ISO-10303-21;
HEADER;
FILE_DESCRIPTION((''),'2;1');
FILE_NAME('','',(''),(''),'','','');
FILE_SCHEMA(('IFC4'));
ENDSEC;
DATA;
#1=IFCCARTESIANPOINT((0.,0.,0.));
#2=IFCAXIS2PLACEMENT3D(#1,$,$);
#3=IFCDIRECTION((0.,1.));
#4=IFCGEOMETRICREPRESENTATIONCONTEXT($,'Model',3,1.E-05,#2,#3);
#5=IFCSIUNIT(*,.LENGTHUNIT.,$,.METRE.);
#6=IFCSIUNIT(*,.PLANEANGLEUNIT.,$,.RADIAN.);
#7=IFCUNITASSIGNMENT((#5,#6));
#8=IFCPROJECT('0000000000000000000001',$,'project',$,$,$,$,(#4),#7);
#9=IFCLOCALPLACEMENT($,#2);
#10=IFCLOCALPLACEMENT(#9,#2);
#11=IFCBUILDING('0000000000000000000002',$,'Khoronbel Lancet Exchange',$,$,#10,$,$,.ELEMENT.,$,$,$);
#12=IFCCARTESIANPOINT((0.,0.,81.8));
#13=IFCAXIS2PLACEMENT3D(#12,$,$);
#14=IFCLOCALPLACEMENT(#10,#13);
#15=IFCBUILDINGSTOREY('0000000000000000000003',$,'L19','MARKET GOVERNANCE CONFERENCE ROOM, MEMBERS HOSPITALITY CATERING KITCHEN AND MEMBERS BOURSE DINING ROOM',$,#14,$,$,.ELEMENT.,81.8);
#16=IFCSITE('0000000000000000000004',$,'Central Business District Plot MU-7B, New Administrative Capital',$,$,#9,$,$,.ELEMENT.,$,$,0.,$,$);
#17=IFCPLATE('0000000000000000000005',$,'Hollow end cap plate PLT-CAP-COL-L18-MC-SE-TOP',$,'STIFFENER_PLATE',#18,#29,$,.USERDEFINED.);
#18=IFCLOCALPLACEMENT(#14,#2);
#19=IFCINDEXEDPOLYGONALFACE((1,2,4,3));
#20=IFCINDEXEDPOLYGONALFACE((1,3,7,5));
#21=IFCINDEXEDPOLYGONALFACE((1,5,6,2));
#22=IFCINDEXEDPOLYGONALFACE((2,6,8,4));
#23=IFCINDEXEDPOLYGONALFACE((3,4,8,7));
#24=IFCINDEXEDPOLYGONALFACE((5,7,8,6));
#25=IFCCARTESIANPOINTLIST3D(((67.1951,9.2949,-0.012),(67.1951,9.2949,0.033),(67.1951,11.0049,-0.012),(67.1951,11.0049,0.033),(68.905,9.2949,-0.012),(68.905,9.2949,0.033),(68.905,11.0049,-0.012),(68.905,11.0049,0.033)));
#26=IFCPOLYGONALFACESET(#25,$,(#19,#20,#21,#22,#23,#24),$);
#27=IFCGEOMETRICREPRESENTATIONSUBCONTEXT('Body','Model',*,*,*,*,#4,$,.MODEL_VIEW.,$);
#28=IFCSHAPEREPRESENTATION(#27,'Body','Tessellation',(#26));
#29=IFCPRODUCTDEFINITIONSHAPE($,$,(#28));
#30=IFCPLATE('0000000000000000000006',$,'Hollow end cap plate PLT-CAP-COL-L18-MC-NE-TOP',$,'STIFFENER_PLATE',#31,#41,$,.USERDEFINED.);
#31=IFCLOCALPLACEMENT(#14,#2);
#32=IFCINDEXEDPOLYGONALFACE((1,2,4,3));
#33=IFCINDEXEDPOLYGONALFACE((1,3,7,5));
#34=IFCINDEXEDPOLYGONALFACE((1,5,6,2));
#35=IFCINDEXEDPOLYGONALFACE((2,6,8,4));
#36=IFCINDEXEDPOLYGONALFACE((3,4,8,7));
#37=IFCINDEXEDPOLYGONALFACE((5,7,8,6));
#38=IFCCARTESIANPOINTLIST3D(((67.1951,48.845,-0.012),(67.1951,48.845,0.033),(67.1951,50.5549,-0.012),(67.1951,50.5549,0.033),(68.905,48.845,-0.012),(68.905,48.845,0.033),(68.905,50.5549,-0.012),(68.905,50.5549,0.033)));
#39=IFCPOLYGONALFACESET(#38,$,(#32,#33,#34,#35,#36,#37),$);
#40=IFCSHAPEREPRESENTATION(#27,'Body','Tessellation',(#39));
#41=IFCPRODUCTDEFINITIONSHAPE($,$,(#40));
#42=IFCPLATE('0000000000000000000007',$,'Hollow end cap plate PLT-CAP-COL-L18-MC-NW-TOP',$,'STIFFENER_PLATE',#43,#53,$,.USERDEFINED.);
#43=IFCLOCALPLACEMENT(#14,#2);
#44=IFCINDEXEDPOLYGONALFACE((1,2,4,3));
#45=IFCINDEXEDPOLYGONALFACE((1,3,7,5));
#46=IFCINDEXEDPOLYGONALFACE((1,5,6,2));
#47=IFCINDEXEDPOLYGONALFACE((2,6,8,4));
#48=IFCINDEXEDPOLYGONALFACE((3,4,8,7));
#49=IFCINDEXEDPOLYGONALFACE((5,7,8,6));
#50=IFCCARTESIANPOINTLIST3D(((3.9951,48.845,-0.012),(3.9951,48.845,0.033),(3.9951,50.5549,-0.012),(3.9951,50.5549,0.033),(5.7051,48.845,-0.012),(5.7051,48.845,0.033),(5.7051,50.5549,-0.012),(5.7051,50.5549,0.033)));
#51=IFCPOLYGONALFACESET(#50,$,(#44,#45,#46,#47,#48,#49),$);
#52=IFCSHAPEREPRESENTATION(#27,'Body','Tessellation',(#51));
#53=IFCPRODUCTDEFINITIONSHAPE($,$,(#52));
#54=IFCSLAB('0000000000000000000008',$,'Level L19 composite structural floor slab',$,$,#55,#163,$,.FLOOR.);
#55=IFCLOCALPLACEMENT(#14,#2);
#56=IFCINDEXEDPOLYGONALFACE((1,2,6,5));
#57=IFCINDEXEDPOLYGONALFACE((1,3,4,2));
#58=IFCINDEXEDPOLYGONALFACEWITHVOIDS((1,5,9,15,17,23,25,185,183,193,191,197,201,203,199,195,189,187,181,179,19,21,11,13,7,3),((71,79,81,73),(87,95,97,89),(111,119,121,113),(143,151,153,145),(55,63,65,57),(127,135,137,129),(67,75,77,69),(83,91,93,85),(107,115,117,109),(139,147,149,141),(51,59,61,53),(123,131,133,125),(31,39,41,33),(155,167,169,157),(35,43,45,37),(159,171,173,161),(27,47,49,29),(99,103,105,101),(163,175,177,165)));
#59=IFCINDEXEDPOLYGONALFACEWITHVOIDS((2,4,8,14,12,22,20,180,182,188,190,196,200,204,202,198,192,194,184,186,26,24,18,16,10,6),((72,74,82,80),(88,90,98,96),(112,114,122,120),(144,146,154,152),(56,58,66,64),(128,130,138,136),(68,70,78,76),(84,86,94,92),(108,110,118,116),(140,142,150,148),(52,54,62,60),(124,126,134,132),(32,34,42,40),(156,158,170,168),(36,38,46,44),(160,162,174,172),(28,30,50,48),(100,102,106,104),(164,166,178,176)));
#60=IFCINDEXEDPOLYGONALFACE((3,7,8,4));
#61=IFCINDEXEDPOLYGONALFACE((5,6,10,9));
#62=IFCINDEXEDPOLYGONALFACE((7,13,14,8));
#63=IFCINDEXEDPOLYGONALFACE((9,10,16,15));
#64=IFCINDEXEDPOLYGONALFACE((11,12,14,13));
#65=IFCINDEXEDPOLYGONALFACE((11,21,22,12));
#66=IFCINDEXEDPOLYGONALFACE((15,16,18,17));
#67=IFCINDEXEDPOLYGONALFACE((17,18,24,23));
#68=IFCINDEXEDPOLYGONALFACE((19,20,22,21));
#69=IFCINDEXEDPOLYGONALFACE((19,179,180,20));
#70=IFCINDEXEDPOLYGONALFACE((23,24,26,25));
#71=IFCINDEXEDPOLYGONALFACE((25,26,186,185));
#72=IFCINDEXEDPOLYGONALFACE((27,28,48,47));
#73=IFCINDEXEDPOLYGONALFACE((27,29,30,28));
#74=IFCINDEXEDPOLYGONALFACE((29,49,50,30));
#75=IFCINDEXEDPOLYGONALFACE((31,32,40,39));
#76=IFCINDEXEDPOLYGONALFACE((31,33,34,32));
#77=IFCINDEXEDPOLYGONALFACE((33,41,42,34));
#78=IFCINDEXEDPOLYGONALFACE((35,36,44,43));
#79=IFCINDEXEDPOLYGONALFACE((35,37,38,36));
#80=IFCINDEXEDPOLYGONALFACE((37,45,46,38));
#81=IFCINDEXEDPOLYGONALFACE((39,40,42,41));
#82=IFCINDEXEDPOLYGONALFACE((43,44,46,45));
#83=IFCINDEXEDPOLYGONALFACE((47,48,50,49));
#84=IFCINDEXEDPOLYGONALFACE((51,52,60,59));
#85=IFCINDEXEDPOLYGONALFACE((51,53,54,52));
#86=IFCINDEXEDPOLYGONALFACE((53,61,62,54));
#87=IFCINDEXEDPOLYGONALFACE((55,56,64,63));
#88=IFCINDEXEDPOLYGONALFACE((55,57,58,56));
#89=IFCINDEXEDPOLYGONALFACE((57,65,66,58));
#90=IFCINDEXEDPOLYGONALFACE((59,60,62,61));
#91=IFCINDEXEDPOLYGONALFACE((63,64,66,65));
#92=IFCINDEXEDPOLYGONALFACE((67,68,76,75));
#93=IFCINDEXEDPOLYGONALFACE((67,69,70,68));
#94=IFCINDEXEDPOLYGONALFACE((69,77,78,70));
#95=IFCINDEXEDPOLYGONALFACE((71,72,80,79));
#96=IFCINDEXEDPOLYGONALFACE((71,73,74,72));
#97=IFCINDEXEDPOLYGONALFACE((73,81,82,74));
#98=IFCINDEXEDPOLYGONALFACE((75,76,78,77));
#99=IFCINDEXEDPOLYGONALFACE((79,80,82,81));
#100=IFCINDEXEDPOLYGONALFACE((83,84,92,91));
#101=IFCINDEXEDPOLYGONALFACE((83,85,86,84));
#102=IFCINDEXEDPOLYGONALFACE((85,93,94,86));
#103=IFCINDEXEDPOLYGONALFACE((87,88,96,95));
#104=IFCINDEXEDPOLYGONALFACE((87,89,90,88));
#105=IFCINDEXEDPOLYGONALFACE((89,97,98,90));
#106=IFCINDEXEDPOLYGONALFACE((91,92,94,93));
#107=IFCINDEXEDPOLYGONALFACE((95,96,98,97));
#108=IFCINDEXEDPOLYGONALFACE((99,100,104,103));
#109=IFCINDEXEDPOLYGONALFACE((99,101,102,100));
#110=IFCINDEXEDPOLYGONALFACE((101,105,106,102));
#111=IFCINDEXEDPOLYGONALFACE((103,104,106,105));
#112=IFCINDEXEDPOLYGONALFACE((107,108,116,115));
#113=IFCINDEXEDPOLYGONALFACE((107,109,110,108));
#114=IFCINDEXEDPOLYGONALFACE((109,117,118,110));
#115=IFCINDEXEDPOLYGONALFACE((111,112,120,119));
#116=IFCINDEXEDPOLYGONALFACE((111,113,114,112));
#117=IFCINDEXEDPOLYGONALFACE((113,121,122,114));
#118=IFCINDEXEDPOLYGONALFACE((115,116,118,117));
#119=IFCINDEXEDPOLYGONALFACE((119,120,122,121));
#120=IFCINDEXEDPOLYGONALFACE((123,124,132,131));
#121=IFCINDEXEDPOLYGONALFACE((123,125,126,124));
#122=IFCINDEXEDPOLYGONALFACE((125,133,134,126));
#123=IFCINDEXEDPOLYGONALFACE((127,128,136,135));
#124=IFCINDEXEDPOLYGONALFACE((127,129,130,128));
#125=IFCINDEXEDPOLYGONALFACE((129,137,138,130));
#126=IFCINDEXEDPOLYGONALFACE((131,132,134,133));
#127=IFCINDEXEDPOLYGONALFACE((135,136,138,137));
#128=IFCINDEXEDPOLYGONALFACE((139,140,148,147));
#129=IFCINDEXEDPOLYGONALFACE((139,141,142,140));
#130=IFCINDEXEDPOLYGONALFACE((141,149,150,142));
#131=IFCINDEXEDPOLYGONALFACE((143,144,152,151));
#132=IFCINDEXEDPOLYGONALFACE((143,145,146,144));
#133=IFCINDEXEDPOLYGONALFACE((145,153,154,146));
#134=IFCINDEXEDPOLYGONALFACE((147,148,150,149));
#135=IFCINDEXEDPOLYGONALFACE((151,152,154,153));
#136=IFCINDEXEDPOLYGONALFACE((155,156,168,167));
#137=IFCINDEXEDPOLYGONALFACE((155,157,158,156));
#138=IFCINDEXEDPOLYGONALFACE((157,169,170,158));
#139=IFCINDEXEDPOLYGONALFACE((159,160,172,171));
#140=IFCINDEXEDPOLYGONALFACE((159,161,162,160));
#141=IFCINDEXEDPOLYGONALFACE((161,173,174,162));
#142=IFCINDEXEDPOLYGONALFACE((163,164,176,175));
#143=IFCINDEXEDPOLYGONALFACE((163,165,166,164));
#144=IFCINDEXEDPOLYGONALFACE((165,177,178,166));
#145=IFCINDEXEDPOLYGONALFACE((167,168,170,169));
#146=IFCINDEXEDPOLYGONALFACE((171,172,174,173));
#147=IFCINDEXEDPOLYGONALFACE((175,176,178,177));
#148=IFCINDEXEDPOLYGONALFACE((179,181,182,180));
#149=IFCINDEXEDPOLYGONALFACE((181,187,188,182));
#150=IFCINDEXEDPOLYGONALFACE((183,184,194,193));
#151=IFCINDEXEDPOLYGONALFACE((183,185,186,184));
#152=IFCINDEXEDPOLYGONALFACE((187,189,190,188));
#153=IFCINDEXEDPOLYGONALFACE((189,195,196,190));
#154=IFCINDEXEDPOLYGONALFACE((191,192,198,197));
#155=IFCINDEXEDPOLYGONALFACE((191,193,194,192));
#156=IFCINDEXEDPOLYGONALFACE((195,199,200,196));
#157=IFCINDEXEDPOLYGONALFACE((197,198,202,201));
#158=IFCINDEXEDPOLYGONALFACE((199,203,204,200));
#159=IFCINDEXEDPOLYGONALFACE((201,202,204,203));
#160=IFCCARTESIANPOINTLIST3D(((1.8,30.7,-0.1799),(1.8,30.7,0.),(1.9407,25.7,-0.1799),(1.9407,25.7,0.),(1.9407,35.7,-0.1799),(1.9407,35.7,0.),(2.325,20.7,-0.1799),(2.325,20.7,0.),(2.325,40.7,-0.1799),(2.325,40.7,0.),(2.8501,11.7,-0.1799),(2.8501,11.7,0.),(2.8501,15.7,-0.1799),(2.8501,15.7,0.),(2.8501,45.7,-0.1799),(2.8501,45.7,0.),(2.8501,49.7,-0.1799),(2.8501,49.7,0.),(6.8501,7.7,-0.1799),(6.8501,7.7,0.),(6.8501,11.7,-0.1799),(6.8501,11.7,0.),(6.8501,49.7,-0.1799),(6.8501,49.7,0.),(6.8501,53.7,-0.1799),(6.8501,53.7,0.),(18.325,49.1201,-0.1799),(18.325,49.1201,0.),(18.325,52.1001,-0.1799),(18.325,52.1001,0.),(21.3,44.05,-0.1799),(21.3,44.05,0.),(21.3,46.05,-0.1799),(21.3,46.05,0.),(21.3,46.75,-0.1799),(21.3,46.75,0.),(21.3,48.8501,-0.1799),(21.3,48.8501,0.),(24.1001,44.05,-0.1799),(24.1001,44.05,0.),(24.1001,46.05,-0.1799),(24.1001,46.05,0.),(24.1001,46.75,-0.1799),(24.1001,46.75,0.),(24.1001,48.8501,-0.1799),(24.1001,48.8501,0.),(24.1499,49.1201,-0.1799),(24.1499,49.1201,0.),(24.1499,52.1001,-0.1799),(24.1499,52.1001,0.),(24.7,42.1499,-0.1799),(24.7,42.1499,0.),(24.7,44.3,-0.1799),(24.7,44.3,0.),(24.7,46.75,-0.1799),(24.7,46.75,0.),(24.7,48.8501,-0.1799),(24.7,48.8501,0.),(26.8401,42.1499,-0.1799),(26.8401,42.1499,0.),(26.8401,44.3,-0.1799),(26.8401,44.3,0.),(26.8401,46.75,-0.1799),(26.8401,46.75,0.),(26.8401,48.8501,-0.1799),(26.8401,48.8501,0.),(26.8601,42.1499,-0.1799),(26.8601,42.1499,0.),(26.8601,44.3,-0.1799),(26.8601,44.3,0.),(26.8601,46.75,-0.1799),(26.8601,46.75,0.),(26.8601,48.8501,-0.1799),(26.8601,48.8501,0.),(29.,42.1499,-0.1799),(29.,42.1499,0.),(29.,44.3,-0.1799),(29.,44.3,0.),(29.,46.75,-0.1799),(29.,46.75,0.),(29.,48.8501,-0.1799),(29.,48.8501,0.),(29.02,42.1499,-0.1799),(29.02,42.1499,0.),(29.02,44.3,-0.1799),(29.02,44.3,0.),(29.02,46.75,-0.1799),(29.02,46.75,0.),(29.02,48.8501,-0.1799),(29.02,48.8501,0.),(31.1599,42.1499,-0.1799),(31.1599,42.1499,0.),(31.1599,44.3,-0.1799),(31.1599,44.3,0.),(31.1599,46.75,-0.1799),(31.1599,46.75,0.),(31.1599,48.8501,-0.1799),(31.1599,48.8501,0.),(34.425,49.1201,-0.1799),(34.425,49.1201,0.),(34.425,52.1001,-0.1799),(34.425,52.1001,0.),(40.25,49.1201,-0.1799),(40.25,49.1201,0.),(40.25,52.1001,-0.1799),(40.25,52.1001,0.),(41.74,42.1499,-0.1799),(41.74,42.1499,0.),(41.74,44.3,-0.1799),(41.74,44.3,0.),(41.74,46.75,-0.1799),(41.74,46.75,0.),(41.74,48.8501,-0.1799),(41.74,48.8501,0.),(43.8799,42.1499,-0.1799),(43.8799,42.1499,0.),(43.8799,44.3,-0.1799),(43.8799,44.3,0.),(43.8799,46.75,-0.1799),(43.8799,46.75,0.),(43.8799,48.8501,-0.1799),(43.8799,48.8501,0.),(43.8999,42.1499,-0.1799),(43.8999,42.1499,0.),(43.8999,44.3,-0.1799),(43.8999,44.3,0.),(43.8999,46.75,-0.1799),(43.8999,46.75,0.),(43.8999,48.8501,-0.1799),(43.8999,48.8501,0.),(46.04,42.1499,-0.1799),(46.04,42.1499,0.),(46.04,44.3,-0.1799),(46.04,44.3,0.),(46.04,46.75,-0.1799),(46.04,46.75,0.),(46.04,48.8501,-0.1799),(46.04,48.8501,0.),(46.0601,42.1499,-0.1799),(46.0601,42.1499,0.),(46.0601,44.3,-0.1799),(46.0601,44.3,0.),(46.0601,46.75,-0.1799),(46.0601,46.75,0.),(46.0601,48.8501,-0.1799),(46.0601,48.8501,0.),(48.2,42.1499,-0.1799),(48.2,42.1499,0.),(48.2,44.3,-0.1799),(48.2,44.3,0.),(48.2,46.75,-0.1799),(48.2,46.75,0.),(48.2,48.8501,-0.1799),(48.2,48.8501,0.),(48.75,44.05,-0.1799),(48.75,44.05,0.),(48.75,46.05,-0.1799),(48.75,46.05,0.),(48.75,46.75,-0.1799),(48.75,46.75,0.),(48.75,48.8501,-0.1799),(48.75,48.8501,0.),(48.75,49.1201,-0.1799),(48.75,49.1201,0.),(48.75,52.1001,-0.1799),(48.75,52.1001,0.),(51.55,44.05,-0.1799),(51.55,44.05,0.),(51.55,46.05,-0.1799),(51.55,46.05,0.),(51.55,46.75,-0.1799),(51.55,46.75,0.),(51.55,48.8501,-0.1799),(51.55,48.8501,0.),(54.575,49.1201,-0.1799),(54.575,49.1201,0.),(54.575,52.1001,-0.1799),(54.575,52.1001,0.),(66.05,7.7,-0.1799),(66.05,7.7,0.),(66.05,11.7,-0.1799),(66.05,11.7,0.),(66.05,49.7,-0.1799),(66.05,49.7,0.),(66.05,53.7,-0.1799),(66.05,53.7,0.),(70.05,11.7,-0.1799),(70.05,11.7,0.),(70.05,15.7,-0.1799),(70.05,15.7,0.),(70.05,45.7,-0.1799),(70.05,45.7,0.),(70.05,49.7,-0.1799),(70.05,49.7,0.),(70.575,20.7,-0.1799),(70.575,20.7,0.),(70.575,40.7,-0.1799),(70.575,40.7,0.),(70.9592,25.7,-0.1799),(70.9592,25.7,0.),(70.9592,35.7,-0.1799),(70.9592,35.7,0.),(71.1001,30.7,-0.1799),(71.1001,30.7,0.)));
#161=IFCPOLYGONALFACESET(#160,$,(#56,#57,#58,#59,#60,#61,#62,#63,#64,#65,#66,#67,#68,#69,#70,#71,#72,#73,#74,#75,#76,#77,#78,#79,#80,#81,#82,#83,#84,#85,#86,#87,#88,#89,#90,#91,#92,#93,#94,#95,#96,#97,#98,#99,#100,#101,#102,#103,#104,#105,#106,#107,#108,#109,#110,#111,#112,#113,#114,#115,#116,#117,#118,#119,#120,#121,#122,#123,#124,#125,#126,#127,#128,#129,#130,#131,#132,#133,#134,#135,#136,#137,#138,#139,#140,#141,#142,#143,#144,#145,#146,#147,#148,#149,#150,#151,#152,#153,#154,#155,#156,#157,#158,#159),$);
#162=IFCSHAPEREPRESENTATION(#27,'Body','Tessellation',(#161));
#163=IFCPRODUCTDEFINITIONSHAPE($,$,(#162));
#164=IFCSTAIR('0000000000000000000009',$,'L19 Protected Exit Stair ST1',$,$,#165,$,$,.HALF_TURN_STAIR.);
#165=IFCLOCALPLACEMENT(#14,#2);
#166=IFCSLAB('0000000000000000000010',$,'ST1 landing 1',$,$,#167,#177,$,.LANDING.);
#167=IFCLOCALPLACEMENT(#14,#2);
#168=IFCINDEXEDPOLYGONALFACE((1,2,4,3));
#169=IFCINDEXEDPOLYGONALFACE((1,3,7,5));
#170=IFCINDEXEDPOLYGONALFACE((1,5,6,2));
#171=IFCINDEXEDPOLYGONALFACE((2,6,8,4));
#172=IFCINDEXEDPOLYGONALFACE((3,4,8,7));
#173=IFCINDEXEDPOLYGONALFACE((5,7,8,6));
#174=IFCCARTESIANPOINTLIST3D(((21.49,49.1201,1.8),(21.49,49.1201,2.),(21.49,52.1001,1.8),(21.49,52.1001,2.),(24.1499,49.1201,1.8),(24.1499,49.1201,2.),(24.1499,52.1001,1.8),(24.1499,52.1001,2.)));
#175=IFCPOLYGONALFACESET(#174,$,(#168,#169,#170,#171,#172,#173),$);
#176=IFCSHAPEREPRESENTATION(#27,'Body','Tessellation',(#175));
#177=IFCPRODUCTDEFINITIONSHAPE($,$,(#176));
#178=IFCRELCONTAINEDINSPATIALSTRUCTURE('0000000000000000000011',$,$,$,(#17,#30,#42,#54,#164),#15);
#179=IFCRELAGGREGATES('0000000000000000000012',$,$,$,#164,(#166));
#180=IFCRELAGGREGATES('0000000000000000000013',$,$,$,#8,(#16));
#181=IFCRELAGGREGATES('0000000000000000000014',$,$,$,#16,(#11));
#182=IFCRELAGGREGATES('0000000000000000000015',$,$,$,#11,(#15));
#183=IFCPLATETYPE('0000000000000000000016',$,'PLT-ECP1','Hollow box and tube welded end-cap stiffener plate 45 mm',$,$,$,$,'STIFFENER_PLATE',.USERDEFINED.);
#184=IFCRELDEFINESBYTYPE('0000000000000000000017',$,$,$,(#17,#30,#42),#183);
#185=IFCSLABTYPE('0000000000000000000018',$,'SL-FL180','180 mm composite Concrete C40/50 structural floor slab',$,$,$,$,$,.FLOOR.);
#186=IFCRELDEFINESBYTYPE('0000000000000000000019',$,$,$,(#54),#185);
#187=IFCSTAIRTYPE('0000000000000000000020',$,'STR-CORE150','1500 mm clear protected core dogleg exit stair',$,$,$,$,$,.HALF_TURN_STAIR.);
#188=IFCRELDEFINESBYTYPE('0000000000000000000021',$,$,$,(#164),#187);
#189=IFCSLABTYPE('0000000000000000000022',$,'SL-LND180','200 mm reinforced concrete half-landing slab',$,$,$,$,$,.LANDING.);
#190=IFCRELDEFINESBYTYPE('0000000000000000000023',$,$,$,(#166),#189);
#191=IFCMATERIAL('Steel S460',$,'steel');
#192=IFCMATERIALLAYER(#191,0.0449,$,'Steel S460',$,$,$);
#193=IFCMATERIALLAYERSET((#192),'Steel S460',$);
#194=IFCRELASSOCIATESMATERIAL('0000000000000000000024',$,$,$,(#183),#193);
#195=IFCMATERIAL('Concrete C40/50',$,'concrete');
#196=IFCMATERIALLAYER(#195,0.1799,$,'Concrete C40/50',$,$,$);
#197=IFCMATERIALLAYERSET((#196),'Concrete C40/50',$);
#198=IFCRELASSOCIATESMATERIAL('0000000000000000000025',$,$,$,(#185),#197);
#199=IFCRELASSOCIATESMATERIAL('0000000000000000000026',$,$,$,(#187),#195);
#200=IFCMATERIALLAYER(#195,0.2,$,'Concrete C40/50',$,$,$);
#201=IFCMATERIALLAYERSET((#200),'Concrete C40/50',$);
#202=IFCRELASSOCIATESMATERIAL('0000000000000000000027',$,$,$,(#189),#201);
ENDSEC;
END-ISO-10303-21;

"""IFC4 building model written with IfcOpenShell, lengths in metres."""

from ifc_helpers import new_model, si_unit, direction, frame, origin, place, context, subcontext, project, spatial, polyline, outline, extrude, material, layer, layer_set, type_object, element, aggregate, save


model = new_model("IFC4")

# Units and contexts
model_context = context("Model", 3, precision=1e-05, world=origin(), true_north=direction((0.0, 1.0)))
body_context = subcontext(model_context, "Body", "Model", "MODEL_VIEW")
ifc_project = project(units=[si_unit("LENGTHUNIT", "METRE"), si_unit("PLANEANGLEUNIT", "RADIAN")], contexts=[model_context])

# Site, building, storey
site_placement = place(None, origin())
site = spatial("IfcSite", under=ifc_project, at=site_placement, Name="Central Business District Plot MU-7B, New Administrative Capital", CompositionType="ELEMENT", RefElevation=0.0)
building_placement = place(site_placement, origin())
building = spatial("IfcBuilding", under=site, at=building_placement, Name="Khoronbel Lancet Exchange", CompositionType="ELEMENT")
storey_placement = place(building_placement, frame((0.0, 0.0, 81.8)))
storey = spatial("IfcBuildingStorey", under=building, at=storey_placement, Name="L19", Description="MARKET GOVERNANCE CONFERENCE ROOM, MEMBERS HOSPITALITY CATERING KITCHEN AND MEMBERS BOURSE DINING ROOM", CompositionType="ELEMENT", Elevation=81.8)

# Shared definitions
ifc_material_1 = material(Name="Steel S460", Category="steel")

# Plates
ifc_layer_1 = layer(ifc_material_1, 0.0449, Name="Steel S460")
ifc_layer_set_1 = layer_set([ifc_layer_1], Name="Steel S460")
plate_type_1 = type_object("IfcPlateType", Name="PLT-ECP1", Description="Hollow box and tube welded end-cap stiffener plate 45 mm", ElementType="STIFFENER_PLATE", PredefinedType="USERDEFINED", material=ifc_layer_set_1)
plate_1_placement = place(storey_placement, frame((0.0, 0.0, -0.012)))
element("IfcPlate", 1, at=plate_1_placement, inside=storey, type_object=plate_type_1, Name="Hollow end cap plate PLT-CAP-COL-L18-MC-SE-TOP", ObjectType="STIFFENER_PLATE", PredefinedType="USERDEFINED", context=body_context, shape_type="SweptSolid", body=[
    extrude(outline(polyline([(67.1951, 9.2949), (68.905, 9.2949), (68.905, 11.0049), (67.1951, 11.0049), (67.1951, 9.2949)])), origin(), (0.0, 0.0, 1.0), 0.0449),
])
plate_2_placement = place(storey_placement, frame((0.0, 0.0, -0.012)))
element("IfcPlate", 2, at=plate_2_placement, inside=storey, type_object=plate_type_1, Name="Hollow end cap plate PLT-CAP-COL-L18-MC-NE-TOP", ObjectType="STIFFENER_PLATE", PredefinedType="USERDEFINED", context=body_context, shape_type="SweptSolid", body=[
    extrude(outline(polyline([(67.1951, 48.845), (68.905, 48.845), (68.905, 50.5549), (67.1951, 50.5549), (67.1951, 48.845)])), origin(), (0.0, 0.0, 1.0), 0.0449),
])
plate_3_placement = place(storey_placement, frame((0.0, 0.0, -0.012)))
element("IfcPlate", 3, at=plate_3_placement, inside=storey, type_object=plate_type_1, Name="Hollow end cap plate PLT-CAP-COL-L18-MC-NW-TOP", ObjectType="STIFFENER_PLATE", PredefinedType="USERDEFINED", context=body_context, shape_type="SweptSolid", body=[
    extrude(outline(polyline([(3.9951, 48.845), (5.7051, 48.845), (5.7051, 50.5549), (3.9951, 50.5549), (3.9951, 48.845)])), origin(), (0.0, 0.0, 1.0), 0.0449),
])

# Slab
ifc_material_2 = material(Name="Concrete C40/50", Category="concrete")
ifc_layer_2 = layer(ifc_material_2, 0.1799, Name="Concrete C40/50")
ifc_layer_set_2 = layer_set([ifc_layer_2], Name="Concrete C40/50")
slab_type_1 = type_object("IfcSlabType", Name="SL-FL180", Description="180 mm composite Concrete C40/50 structural floor slab", PredefinedType="FLOOR", material=ifc_layer_set_2)
slab_1_placement = place(storey_placement, frame((0.0, 0.0, -0.1799)))
element("IfcSlab", 4, at=slab_1_placement, inside=storey, type_object=slab_type_1, Name="Level L19 composite structural floor slab", PredefinedType="FLOOR", context=body_context, shape_type="SweptSolid", body=[
    extrude(outline(polyline([(6.8501, 7.7), (66.05, 7.7), (66.05, 11.7), (70.05, 11.7), (70.05, 15.7), (70.575, 20.7), (70.9592, 25.7), (71.1001, 30.7), (70.9592, 35.7), (70.575, 40.7), (70.05, 45.7), (70.05, 49.7), (66.05, 49.7), (66.05, 53.7), (6.8501, 53.7), (6.8501, 49.7), (2.8501, 49.7), (2.8501, 45.7), (2.325, 40.7), (1.9407, 35.7), (1.8, 30.7), (1.9407, 25.7), (2.325, 20.7), (2.8501, 15.7), (2.8501, 11.7), (6.8501, 11.7), (6.8501, 7.7)]), holes=[polyline([(18.325, 49.1201), (24.1499, 49.1201), (24.1499, 52.1001), (18.325, 52.1001), (18.325, 49.1201)]), polyline([(48.75, 49.1201), (54.575, 49.1201), (54.575, 52.1001), (48.75, 52.1001), (48.75, 49.1201)]), polyline([(34.425, 49.1201), (40.25, 49.1201), (40.25, 52.1001), (34.425, 52.1001), (34.425, 49.1201)]), polyline([(24.7, 46.75), (26.8401, 46.75), (26.8401, 48.8501), (24.7, 48.8501), (24.7, 46.75)]), polyline([(26.8601, 46.75), (29.0, 46.75), (29.0, 48.8501), (26.8601, 48.8501), (26.8601, 46.75)]), polyline([(29.02, 46.75), (31.1599, 46.75), (31.1599, 48.8501), (29.02, 48.8501), (29.02, 46.75)]), polyline([(24.7, 42.1499), (26.8401, 42.1499), (26.8401, 44.3), (24.7, 44.3), (24.7, 42.1499)]), polyline([(26.8601, 42.1499), (29.0, 42.1499), (29.0, 44.3), (26.8601, 44.3), (26.8601, 42.1499)]), polyline([(29.02, 42.1499), (31.1599, 42.1499), (31.1599, 44.3), (29.02, 44.3), (29.02, 42.1499)]), polyline([(41.74, 46.75), (43.8799, 46.75), (43.8799, 48.8501), (41.74, 48.8501), (41.74, 46.75)]), polyline([(43.8999, 46.75), (46.04, 46.75), (46.04, 48.8501), (43.8999, 48.8501), (43.8999, 46.75)]), polyline([(46.0601, 46.75), (48.2, 46.75), (48.2, 48.8501), (46.0601, 48.8501), (46.0601, 46.75)]), polyline([(41.74, 42.1499), (43.8799, 42.1499), (43.8799, 44.3), (41.74, 44.3), (41.74, 42.1499)]), polyline([(43.8999, 42.1499), (46.04, 42.1499), (46.04, 44.3), (43.8999, 44.3), (43.8999, 42.1499)]), polyline([(46.0601, 42.1499), (48.2, 42.1499), (48.2, 44.3), (46.0601, 44.3), (46.0601, 42.1499)]), polyline([(21.3, 46.75), (24.1001, 46.75), (24.1001, 48.8501), (21.3, 48.8501), (21.3, 46.75)]), polyline([(48.75, 46.75), (51.55, 46.75), (51.55, 48.8501), (48.75, 48.8501), (48.75, 46.75)]), polyline([(21.3, 44.05), (24.1001, 44.05), (24.1001, 46.05), (21.3, 46.05), (21.3, 44.05)]), polyline([(48.75, 44.05), (51.55, 44.05), (51.55, 46.05), (48.75, 46.05), (48.75, 44.05)])]), origin(), (0.0, 0.0, 1.0), 0.1799),
])

# Stair, slab
stair_type = type_object("IfcStairType", Name="STR-CORE150", Description="1500 mm clear protected core dogleg exit stair", PredefinedType="HALF_TURN_STAIR", material=ifc_material_2)
stair_1_placement = place(storey_placement, origin())
stair_1 = element("IfcStair", 5, at=stair_1_placement, inside=storey, type_object=stair_type, Name="L19 Protected Exit Stair ST1", PredefinedType="HALF_TURN_STAIR")
ifc_layer_3 = layer(ifc_material_2, 0.2, Name="Concrete C40/50")
ifc_layer_set_3 = layer_set([ifc_layer_3], Name="Concrete C40/50")
slab_type_2 = type_object("IfcSlabType", Name="SL-LND180", Description="200 mm reinforced concrete half-landing slab", PredefinedType="LANDING", material=ifc_layer_set_3)
slab_2_placement = place(storey_placement, frame((0.0, 0.0, 1.8)))
slab_2 = element("IfcSlab", 6, at=slab_2_placement, type_object=slab_type_2, Name="ST1 landing 1", PredefinedType="LANDING", context=body_context, shape_type="SweptSolid", body=[
    extrude(outline(polyline([(21.49, 49.1201), (24.1499, 49.1201), (24.1499, 52.1001), (21.49, 52.1001), (21.49, 49.1201)])), origin(), (0.0, 0.0, 1.0), 0.2),
])
aggregate(stair_1, [slab_2])

save(model, "model.ifc")
